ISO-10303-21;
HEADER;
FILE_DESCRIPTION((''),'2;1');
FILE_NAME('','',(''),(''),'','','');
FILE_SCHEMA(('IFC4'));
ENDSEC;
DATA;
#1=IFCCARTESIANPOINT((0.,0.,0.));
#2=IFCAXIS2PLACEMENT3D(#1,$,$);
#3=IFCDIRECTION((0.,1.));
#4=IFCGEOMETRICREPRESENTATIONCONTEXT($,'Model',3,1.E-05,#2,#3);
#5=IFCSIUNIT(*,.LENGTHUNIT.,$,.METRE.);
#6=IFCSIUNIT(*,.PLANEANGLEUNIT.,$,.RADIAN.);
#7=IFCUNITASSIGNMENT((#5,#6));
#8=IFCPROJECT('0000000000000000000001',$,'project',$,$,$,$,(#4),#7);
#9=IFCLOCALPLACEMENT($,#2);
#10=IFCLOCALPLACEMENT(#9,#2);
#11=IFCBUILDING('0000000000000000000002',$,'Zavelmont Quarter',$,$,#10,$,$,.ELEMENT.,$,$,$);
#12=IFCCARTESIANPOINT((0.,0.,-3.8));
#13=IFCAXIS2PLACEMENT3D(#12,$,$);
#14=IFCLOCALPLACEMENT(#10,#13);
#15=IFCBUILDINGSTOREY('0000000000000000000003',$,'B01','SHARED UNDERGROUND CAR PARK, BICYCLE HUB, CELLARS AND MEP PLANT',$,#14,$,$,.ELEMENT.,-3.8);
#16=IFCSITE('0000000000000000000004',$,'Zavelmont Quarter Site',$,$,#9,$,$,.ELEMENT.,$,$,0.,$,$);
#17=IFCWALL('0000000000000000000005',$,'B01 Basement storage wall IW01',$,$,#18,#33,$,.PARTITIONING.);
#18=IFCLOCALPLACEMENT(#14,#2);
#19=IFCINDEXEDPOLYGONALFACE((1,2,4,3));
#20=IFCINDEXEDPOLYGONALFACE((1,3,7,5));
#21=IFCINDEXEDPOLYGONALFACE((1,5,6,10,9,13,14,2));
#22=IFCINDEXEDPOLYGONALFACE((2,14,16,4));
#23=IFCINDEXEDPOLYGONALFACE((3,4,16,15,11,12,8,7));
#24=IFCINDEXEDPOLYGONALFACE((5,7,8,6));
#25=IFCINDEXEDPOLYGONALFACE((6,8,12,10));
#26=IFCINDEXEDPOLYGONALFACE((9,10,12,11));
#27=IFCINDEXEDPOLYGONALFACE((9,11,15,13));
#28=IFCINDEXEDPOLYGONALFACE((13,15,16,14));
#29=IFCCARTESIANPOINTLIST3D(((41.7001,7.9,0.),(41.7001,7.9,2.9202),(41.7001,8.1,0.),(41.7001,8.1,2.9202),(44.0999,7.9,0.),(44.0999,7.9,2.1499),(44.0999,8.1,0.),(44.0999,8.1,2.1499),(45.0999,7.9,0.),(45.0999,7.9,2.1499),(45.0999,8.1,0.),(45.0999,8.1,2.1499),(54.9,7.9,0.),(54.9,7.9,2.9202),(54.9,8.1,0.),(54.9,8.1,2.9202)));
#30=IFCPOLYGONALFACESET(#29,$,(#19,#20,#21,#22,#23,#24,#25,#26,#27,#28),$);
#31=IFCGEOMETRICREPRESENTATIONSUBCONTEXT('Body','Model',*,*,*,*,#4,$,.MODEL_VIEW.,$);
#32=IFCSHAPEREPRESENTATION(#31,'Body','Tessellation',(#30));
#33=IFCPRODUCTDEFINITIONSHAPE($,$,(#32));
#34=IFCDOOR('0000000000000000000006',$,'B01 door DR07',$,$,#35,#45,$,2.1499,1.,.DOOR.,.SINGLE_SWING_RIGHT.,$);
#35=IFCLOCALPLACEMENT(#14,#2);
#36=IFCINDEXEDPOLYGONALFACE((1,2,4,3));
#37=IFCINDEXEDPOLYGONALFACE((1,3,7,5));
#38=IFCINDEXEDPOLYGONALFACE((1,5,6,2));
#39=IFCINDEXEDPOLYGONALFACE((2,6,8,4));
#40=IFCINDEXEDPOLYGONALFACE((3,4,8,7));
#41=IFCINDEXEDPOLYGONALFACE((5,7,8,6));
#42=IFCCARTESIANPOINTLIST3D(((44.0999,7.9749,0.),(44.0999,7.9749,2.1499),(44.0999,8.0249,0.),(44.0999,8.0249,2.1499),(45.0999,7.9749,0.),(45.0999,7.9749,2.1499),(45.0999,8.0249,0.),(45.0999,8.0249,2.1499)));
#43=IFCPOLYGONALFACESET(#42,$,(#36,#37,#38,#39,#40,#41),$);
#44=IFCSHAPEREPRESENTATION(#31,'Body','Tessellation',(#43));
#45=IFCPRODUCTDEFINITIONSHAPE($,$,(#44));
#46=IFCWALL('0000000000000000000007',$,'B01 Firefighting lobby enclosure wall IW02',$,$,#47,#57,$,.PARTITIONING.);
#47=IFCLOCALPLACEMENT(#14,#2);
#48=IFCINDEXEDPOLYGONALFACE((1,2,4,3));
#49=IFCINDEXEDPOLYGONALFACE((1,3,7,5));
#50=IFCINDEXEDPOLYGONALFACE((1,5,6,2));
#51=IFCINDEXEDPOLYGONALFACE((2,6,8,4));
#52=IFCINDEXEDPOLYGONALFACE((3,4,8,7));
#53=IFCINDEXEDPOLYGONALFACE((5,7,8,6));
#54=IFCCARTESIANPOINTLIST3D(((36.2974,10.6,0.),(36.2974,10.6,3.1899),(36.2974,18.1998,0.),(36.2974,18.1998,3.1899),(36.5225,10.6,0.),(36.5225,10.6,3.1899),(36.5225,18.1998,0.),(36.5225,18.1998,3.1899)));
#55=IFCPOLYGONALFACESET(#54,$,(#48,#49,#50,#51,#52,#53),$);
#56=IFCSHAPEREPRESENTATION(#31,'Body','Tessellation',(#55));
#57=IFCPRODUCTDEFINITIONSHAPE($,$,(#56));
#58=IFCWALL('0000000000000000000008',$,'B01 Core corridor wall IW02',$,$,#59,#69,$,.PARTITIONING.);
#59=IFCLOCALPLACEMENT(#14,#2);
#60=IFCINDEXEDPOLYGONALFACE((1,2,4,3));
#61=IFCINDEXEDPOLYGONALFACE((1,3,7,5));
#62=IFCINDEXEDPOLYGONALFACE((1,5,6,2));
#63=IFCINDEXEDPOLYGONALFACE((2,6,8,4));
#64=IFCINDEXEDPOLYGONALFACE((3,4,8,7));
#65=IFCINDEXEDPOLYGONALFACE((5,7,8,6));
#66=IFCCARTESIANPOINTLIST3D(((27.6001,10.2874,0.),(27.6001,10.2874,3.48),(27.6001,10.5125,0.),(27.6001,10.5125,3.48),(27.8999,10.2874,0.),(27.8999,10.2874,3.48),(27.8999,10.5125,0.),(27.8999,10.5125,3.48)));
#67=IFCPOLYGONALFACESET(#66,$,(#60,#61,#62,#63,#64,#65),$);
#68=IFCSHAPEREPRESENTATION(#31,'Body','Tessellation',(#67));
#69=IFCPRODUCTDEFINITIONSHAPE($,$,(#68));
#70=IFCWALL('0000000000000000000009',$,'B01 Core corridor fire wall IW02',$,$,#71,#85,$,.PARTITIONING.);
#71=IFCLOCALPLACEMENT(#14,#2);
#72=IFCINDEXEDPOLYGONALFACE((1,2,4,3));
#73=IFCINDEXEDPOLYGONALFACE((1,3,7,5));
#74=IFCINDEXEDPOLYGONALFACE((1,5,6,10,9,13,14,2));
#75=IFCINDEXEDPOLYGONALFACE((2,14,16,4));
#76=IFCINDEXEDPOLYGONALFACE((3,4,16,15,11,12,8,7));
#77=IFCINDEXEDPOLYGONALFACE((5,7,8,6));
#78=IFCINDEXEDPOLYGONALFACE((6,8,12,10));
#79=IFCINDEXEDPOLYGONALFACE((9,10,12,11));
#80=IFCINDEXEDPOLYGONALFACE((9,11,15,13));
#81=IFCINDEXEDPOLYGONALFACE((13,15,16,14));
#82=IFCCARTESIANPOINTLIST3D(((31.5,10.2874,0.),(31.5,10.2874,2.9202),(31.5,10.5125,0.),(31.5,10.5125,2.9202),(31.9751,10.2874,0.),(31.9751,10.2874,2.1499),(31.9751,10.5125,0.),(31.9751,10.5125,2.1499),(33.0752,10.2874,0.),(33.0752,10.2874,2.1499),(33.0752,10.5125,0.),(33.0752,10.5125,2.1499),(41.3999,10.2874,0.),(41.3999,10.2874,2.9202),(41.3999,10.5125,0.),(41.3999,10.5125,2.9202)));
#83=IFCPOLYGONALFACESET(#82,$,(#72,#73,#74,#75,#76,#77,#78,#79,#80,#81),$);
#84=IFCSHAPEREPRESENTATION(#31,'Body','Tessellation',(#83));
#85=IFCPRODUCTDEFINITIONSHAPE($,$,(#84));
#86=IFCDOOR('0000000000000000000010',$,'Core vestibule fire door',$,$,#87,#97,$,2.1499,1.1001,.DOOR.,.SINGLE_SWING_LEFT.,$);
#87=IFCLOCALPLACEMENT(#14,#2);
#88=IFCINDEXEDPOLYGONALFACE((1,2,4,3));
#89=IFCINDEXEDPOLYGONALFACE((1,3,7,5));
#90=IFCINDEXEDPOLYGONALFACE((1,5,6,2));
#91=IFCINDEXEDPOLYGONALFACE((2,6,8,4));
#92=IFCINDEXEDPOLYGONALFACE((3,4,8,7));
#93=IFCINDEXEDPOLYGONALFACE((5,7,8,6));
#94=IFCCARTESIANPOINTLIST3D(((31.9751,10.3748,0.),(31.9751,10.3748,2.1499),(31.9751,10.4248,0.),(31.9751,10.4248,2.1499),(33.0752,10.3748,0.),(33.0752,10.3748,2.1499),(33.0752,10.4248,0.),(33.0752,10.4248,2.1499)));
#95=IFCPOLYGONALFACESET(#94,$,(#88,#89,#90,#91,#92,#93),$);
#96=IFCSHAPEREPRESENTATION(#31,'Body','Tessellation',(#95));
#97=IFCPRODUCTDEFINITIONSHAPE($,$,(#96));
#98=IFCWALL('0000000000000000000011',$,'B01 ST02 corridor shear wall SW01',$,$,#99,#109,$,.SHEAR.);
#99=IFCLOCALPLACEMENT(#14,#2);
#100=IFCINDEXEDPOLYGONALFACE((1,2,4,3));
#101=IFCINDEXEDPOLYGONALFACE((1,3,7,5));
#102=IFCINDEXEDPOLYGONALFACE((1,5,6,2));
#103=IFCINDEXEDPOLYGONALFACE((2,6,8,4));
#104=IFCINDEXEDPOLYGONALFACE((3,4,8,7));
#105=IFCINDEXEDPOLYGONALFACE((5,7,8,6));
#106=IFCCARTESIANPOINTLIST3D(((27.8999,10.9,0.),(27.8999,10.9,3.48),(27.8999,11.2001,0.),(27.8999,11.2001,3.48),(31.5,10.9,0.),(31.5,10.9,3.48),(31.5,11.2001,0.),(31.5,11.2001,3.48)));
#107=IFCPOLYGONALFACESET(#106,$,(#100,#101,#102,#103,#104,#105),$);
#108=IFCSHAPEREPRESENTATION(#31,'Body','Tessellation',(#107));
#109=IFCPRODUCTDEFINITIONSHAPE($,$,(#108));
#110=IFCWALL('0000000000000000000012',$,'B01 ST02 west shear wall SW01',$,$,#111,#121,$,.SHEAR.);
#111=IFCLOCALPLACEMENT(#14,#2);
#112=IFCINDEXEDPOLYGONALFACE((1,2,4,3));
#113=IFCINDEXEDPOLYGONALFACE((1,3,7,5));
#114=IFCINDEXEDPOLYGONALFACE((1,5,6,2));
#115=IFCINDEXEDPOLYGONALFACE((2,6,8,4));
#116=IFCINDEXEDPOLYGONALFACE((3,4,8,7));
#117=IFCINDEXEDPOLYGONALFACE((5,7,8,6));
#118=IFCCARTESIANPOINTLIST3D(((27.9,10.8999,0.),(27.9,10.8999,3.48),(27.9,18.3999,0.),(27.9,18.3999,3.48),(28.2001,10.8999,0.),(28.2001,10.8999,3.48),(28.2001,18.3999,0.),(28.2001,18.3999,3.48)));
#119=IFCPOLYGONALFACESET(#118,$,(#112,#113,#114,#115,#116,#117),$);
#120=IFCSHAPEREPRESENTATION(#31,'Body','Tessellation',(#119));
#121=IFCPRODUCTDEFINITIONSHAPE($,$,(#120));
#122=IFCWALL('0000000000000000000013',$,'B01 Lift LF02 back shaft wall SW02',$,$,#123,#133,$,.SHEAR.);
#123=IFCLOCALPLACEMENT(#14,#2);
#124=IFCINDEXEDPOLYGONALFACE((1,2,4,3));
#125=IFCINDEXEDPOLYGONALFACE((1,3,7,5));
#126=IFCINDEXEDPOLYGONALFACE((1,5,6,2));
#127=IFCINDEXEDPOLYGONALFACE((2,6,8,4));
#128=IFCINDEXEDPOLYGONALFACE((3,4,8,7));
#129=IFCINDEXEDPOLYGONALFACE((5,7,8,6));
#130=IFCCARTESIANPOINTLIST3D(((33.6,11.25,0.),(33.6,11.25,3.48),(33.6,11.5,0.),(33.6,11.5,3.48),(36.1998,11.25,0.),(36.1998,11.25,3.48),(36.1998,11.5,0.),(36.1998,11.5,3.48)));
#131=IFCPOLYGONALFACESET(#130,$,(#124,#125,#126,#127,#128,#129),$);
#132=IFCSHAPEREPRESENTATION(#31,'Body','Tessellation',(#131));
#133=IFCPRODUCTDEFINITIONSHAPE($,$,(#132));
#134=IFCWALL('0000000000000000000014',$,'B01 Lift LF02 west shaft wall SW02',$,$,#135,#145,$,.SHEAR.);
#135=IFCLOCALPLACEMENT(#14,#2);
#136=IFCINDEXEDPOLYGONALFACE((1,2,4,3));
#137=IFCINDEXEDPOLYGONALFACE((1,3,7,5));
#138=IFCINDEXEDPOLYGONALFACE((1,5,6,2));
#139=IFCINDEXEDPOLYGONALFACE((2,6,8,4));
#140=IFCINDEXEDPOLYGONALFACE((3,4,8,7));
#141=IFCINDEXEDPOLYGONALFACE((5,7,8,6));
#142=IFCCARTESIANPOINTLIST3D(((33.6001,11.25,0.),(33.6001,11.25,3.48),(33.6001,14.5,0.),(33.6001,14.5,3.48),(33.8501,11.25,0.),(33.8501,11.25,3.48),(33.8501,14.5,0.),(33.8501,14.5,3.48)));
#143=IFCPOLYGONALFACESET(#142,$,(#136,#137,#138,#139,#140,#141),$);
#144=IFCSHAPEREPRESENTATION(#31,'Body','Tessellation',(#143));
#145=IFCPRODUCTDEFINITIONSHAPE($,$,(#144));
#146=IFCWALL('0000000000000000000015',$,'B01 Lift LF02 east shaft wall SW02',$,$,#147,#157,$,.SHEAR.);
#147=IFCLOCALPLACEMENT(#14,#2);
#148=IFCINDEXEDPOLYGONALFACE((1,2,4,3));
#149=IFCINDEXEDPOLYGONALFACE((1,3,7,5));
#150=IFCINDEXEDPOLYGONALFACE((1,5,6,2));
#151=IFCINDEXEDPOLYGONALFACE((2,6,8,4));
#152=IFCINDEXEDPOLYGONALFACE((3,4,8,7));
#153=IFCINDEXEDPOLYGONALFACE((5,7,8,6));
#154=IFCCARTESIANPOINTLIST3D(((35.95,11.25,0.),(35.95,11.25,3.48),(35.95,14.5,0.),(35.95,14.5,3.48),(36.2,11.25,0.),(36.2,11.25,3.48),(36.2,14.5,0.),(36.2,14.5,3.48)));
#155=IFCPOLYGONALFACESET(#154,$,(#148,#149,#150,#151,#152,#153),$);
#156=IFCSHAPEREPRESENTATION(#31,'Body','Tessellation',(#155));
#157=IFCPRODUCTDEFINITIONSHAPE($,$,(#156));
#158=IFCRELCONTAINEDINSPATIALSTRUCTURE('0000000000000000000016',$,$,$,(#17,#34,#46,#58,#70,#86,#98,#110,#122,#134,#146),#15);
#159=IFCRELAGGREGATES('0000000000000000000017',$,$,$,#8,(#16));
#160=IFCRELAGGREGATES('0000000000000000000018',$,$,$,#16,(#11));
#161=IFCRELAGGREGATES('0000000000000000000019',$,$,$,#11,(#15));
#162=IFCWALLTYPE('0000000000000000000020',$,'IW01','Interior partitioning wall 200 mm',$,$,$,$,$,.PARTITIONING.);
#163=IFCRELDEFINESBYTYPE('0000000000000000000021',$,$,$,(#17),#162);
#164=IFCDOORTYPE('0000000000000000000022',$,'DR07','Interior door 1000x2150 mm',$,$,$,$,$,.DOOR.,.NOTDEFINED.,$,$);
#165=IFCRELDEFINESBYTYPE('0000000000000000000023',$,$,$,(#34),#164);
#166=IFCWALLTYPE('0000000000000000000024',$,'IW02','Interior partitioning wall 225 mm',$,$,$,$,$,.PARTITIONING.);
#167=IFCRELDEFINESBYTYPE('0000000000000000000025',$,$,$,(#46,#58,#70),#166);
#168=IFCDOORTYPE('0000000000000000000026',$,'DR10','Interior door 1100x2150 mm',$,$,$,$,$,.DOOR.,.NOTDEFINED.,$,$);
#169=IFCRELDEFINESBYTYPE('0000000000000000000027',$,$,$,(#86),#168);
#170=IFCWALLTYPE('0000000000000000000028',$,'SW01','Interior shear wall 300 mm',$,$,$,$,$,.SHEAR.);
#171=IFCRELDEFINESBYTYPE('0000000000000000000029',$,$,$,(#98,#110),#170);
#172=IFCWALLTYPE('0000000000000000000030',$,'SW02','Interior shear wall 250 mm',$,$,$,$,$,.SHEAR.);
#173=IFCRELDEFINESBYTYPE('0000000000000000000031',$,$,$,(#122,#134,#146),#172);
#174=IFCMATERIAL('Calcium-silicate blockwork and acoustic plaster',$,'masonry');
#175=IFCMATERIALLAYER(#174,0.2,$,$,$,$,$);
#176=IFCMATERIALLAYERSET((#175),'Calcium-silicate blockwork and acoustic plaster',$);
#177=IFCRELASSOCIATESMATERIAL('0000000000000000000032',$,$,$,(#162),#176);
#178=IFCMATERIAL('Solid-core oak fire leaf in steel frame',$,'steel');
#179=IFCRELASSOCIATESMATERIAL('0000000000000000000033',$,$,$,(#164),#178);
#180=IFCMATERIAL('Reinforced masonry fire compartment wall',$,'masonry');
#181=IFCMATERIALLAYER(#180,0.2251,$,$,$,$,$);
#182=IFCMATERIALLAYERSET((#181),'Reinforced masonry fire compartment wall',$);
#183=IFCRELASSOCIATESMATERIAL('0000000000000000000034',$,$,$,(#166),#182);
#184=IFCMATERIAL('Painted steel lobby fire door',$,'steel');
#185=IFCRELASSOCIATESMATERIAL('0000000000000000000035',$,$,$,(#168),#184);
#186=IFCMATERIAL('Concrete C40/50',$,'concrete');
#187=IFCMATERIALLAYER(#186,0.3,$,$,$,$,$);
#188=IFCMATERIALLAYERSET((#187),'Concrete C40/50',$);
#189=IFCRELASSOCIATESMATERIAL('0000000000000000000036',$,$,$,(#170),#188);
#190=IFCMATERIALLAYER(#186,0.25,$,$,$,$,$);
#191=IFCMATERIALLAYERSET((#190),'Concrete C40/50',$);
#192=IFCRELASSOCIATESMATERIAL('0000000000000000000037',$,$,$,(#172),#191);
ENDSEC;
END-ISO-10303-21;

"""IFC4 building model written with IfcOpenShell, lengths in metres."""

from ifc_helpers import new_model, si_unit, direction, frame, frame_2d, origin, origin_with_axes, place, context, subcontext, project, spatial, rectangle, extrude, material, layer, layer_set, type_object, element, fill, save


model = new_model("IFC4")

# Units and contexts
model_context = context("Model", 3, precision=1e-05, world=origin(), true_north=direction((0.0, 1.0)))
body_context = subcontext(model_context, "Body", "Model", "MODEL_VIEW")
ifc_project = project(units=[si_unit("LENGTHUNIT", "METRE"), si_unit("PLANEANGLEUNIT", "RADIAN")], contexts=[model_context])

# Site, building, storey
site_placement = place(None, origin())
site = spatial("IfcSite", under=ifc_project, at=site_placement, Name="Zavelmont Quarter Site", CompositionType="ELEMENT", RefElevation=0.0)
building_placement = place(site_placement, origin())
building = spatial("IfcBuilding", under=site, at=building_placement, Name="Zavelmont Quarter", CompositionType="ELEMENT")
storey_placement = place(building_placement, frame((0.0, 0.0, -3.8)))
storey = spatial("IfcBuildingStorey", under=building, at=storey_placement, Name="B01", Description="SHARED UNDERGROUND CAR PARK, BICYCLE HUB, CELLARS AND MEP PLANT", CompositionType="ELEMENT", Elevation=-3.8)

# Shared definitions
ifc_material_1 = material(Name="Concrete C40/50", Category="concrete")

# Shared definitions
ifc_material_2 = material(Name="Calcium-silicate blockwork and acoustic plaster", Category="masonry")
ifc_layer_1 = layer(ifc_material_2, 0.2)
ifc_layer_set_1 = layer_set([ifc_layer_1], Name="Calcium-silicate blockwork and acoustic plaster")
wall_type_1 = type_object("IfcWallType", Name="IW01", Description="Interior partitioning wall 200 mm", PredefinedType="PARTITIONING", material=ifc_layer_set_1)
ifc_material_3 = material(Name="Solid-core oak fire leaf in steel frame", Category="steel")
door_type_1 = type_object("IfcDoorType", Name="DR07", Description="Interior door 1000x2150 mm", OperationType="NOTDEFINED", PredefinedType="DOOR", material=ifc_material_3)

# Wall, opening, door
wall_1_placement = place(storey_placement, frame((41.7, 8.0, 0.0), z_axis=(0.0, 0.0, 1.0), x_axis=(1.0, 0.0, 0.0)))
wall_1 = element("IfcWall", 1, at=wall_1_placement, inside=storey, type_object=wall_type_1, Name="B01 Basement storage wall IW01", PredefinedType="PARTITIONING", context=body_context, shape_type="SweptSolid", body=[
    extrude(rectangle(XDim=13.2, YDim=0.2, at=frame_2d((6.6001, 0.0))), origin(), (0.0, 0.0, 1.0), 2.9202),
])
opening_1_placement = place(wall_1_placement, frame((2.3999, 0.0, 0.0)))
opening_1 = element("IfcOpeningElement", 2, at=opening_1_placement, cuts=wall_1, PredefinedType="OPENING", context=body_context, shape_type="SweptSolid", body=[
    extrude(rectangle(XDim=1.0, YDim=2.1499, at=frame_2d((0.5, 1.075))), frame((0.0, 0.1118, 0.0), z_axis=(0.0, -1.0, 0.0), x_axis=(1.0, 0.0, 0.0)), (0.0, 0.0, 1.0), 0.2239),
])
door_1_placement = place(opening_1_placement, origin_with_axes())
door_1 = element("IfcDoor", 3, at=door_1_placement, inside=storey, type_object=door_type_1, Name="B01 door DR07", OperationType="SINGLE_SWING_RIGHT", OverallHeight=2.1499, OverallWidth=1.0, PredefinedType="DOOR", context=body_context, shape_type="SweptSolid", body=[
    extrude(rectangle(XDim=1.0, YDim=2.1499, at=frame_2d((0.5, 1.075))), frame((0.0, 0.0249, 0.0), z_axis=(0.0, -1.0, 0.0), x_axis=(1.0, 0.0, 0.0)), (0.0, 0.0, 1.0), 0.05),
])
fill(opening_1, door_1)

# Walls
ifc_material_4 = material(Name="Reinforced masonry fire compartment wall", Category="masonry")
ifc_layer_2 = layer(ifc_material_4, 0.2251)
ifc_layer_set_2 = layer_set([ifc_layer_2], Name="Reinforced masonry fire compartment wall")
wall_type_2 = type_object("IfcWallType", Name="IW02", Description="Interior partitioning wall 225 mm", PredefinedType="PARTITIONING", material=ifc_layer_set_2)
wall_2_placement = place(storey_placement, frame((36.4099, 10.6001, 0.0), z_axis=(0.0, 0.0, 1.0), x_axis=(0.0, 1.0, 0.0)))
element("IfcWall", 4, at=wall_2_placement, inside=storey, type_object=wall_type_2, Name="B01 Firefighting lobby enclosure wall IW02", PredefinedType="PARTITIONING", context=body_context, shape_type="SweptSolid", body=[
    extrude(rectangle(XDim=7.5999, YDim=0.2251, at=frame_2d((3.7998, 0.0))), origin(), (0.0, 0.0, 1.0), 3.1899),
])
wall_3_placement = place(storey_placement, frame((27.6001, 10.3999, 0.0), z_axis=(0.0, 0.0, 1.0), x_axis=(1.0, 0.0, 0.0)))
element("IfcWall", 5, at=wall_3_placement, inside=storey, type_object=wall_type_2, Name="B01 Core corridor wall IW02", PredefinedType="PARTITIONING", context=body_context, shape_type="SweptSolid", body=[
    extrude(rectangle(XDim=0.2998, YDim=0.2251, at=frame_2d((0.1499, 0.0))), origin(), (0.0, 0.0, 1.0), 3.48),
])

# Wall, opening, door
wall_4_placement = place(storey_placement, frame((31.5, 10.3999, 0.0), z_axis=(0.0, 0.0, 1.0), x_axis=(1.0, 0.0, 0.0)))
wall_4 = element("IfcWall", 6, at=wall_4_placement, inside=storey, type_object=wall_type_2, Name="B01 Core corridor fire wall IW02", PredefinedType="PARTITIONING", context=body_context, shape_type="SweptSolid", body=[
    extrude(rectangle(XDim=9.8999, YDim=0.2251, at=frame_2d((4.95, 0.0))), origin(), (0.0, 0.0, 1.0), 2.9202),
])
opening_2_placement = place(wall_4_placement, frame((0.4751, 0.0, 0.0)))
opening_2 = element("IfcOpeningElement", 7, at=opening_2_placement, cuts=wall_4, PredefinedType="OPENING", context=body_context, shape_type="SweptSolid", body=[
    extrude(rectangle(XDim=1.1001, YDim=2.1499, at=frame_2d((0.55, 1.075))), frame((0.0, 0.1245, 0.0), z_axis=(0.0, -1.0, 0.0), x_axis=(1.0, 0.0, 0.0)), (0.0, 0.0, 1.0), 0.249),
])
ifc_material_5 = material(Name="Painted steel lobby fire door", Category="steel")
door_type_2 = type_object("IfcDoorType", Name="DR10", Description="Interior door 1100x2150 mm", OperationType="NOTDEFINED", PredefinedType="DOOR", material=ifc_material_5)
door_2_placement = place(opening_2_placement, origin_with_axes())
door_2 = element("IfcDoor", 8, at=door_2_placement, inside=storey, type_object=door_type_2, Name="Core vestibule fire door", OperationType="SINGLE_SWING_LEFT", OverallHeight=2.1499, OverallWidth=1.1001, PredefinedType="DOOR", context=body_context, shape_type="SweptSolid", body=[
    extrude(rectangle(XDim=1.1001, YDim=2.1499, at=frame_2d((0.55, 1.075))), frame((0.0, 0.0249, 0.0), z_axis=(0.0, -1.0, 0.0), x_axis=(1.0, 0.0, 0.0)), (0.0, 0.0, 1.0), 0.05),
])
fill(opening_2, door_2)

# Walls
ifc_layer_3 = layer(ifc_material_1, 0.3)
ifc_layer_set_3 = layer_set([ifc_layer_3], Name="Concrete C40/50")
wall_type_3 = type_object("IfcWallType", Name="SW01", Description="Interior shear wall 300 mm", PredefinedType="SHEAR", material=ifc_layer_set_3)
wall_5_placement = place(storey_placement, frame((27.8999, 11.05, 0.0), z_axis=(0.0, 0.0, 1.0), x_axis=(1.0, 0.0, 0.0)))
element("IfcWall", 9, at=wall_5_placement, inside=storey, type_object=wall_type_3, Name="B01 ST02 corridor shear wall SW01", PredefinedType="SHEAR", context=body_context, shape_type="SweptSolid", body=[
    extrude(rectangle(XDim=3.6001, YDim=0.3, at=frame_2d((1.8, 0.0))), origin(), (0.0, 0.0, 1.0), 3.48),
])
wall_6_placement = place(storey_placement, frame((28.05, 10.8999, 0.0), z_axis=(0.0, 0.0, 1.0), x_axis=(0.0, 1.0, 0.0)))
element("IfcWall", 10, at=wall_6_placement, inside=storey, type_object=wall_type_3, Name="B01 ST02 west shear wall SW01", PredefinedType="SHEAR", context=body_context, shape_type="SweptSolid", body=[
    extrude(rectangle(XDim=7.5, YDim=0.3, at=frame_2d((3.75, 0.0))), origin(), (0.0, 0.0, 1.0), 3.48),
])

# Walls
ifc_layer_4 = layer(ifc_material_1, 0.25)
ifc_layer_set_4 = layer_set([ifc_layer_4], Name="Concrete C40/50")
wall_type_4 = type_object("IfcWallType", Name="SW02", Description="Interior shear wall 250 mm", PredefinedType="SHEAR", material=ifc_layer_set_4)
wall_7_placement = place(storey_placement, frame((33.6001, 11.375, 0.0), z_axis=(0.0, 0.0, 1.0), x_axis=(1.0, 0.0, 0.0)))
element("IfcWall", 11, at=wall_7_placement, inside=storey, type_object=wall_type_4, Name="B01 Lift LF02 back shaft wall SW02", PredefinedType="SHEAR", context=body_context, shape_type="SweptSolid", body=[
    extrude(rectangle(XDim=2.5999, YDim=0.25, at=frame_2d((1.2998, 0.0))), origin(), (0.0, 0.0, 1.0), 3.48),
])
for number, where, z_axis, x_axis, name in (
    (12, (33.7251, 11.25, 0.0), (0.0, 0.0, 1.0), (0.0, 1.0, 0.0), "B01 Lift LF02 west shaft wall SW02"),
    (13, (36.075, 11.25, 0.0), (0.0, 0.0, 1.0), (0.0, 1.0, 0.0), "B01 Lift LF02 east shaft wall SW02"),
):
    element("IfcWall", number, at=place(storey_placement, frame(where, z_axis=z_axis, x_axis=x_axis)), inside=storey, type_object=wall_type_4, Name=name, PredefinedType="SHEAR", context=body_context, shape_type="SweptSolid", body=[
        extrude(rectangle(XDim=3.25, YDim=0.25, at=frame_2d((1.625, 0.0))), origin(), (0.0, 0.0, 1.0), 3.48),
    ])

save(model, "model.ifc")
